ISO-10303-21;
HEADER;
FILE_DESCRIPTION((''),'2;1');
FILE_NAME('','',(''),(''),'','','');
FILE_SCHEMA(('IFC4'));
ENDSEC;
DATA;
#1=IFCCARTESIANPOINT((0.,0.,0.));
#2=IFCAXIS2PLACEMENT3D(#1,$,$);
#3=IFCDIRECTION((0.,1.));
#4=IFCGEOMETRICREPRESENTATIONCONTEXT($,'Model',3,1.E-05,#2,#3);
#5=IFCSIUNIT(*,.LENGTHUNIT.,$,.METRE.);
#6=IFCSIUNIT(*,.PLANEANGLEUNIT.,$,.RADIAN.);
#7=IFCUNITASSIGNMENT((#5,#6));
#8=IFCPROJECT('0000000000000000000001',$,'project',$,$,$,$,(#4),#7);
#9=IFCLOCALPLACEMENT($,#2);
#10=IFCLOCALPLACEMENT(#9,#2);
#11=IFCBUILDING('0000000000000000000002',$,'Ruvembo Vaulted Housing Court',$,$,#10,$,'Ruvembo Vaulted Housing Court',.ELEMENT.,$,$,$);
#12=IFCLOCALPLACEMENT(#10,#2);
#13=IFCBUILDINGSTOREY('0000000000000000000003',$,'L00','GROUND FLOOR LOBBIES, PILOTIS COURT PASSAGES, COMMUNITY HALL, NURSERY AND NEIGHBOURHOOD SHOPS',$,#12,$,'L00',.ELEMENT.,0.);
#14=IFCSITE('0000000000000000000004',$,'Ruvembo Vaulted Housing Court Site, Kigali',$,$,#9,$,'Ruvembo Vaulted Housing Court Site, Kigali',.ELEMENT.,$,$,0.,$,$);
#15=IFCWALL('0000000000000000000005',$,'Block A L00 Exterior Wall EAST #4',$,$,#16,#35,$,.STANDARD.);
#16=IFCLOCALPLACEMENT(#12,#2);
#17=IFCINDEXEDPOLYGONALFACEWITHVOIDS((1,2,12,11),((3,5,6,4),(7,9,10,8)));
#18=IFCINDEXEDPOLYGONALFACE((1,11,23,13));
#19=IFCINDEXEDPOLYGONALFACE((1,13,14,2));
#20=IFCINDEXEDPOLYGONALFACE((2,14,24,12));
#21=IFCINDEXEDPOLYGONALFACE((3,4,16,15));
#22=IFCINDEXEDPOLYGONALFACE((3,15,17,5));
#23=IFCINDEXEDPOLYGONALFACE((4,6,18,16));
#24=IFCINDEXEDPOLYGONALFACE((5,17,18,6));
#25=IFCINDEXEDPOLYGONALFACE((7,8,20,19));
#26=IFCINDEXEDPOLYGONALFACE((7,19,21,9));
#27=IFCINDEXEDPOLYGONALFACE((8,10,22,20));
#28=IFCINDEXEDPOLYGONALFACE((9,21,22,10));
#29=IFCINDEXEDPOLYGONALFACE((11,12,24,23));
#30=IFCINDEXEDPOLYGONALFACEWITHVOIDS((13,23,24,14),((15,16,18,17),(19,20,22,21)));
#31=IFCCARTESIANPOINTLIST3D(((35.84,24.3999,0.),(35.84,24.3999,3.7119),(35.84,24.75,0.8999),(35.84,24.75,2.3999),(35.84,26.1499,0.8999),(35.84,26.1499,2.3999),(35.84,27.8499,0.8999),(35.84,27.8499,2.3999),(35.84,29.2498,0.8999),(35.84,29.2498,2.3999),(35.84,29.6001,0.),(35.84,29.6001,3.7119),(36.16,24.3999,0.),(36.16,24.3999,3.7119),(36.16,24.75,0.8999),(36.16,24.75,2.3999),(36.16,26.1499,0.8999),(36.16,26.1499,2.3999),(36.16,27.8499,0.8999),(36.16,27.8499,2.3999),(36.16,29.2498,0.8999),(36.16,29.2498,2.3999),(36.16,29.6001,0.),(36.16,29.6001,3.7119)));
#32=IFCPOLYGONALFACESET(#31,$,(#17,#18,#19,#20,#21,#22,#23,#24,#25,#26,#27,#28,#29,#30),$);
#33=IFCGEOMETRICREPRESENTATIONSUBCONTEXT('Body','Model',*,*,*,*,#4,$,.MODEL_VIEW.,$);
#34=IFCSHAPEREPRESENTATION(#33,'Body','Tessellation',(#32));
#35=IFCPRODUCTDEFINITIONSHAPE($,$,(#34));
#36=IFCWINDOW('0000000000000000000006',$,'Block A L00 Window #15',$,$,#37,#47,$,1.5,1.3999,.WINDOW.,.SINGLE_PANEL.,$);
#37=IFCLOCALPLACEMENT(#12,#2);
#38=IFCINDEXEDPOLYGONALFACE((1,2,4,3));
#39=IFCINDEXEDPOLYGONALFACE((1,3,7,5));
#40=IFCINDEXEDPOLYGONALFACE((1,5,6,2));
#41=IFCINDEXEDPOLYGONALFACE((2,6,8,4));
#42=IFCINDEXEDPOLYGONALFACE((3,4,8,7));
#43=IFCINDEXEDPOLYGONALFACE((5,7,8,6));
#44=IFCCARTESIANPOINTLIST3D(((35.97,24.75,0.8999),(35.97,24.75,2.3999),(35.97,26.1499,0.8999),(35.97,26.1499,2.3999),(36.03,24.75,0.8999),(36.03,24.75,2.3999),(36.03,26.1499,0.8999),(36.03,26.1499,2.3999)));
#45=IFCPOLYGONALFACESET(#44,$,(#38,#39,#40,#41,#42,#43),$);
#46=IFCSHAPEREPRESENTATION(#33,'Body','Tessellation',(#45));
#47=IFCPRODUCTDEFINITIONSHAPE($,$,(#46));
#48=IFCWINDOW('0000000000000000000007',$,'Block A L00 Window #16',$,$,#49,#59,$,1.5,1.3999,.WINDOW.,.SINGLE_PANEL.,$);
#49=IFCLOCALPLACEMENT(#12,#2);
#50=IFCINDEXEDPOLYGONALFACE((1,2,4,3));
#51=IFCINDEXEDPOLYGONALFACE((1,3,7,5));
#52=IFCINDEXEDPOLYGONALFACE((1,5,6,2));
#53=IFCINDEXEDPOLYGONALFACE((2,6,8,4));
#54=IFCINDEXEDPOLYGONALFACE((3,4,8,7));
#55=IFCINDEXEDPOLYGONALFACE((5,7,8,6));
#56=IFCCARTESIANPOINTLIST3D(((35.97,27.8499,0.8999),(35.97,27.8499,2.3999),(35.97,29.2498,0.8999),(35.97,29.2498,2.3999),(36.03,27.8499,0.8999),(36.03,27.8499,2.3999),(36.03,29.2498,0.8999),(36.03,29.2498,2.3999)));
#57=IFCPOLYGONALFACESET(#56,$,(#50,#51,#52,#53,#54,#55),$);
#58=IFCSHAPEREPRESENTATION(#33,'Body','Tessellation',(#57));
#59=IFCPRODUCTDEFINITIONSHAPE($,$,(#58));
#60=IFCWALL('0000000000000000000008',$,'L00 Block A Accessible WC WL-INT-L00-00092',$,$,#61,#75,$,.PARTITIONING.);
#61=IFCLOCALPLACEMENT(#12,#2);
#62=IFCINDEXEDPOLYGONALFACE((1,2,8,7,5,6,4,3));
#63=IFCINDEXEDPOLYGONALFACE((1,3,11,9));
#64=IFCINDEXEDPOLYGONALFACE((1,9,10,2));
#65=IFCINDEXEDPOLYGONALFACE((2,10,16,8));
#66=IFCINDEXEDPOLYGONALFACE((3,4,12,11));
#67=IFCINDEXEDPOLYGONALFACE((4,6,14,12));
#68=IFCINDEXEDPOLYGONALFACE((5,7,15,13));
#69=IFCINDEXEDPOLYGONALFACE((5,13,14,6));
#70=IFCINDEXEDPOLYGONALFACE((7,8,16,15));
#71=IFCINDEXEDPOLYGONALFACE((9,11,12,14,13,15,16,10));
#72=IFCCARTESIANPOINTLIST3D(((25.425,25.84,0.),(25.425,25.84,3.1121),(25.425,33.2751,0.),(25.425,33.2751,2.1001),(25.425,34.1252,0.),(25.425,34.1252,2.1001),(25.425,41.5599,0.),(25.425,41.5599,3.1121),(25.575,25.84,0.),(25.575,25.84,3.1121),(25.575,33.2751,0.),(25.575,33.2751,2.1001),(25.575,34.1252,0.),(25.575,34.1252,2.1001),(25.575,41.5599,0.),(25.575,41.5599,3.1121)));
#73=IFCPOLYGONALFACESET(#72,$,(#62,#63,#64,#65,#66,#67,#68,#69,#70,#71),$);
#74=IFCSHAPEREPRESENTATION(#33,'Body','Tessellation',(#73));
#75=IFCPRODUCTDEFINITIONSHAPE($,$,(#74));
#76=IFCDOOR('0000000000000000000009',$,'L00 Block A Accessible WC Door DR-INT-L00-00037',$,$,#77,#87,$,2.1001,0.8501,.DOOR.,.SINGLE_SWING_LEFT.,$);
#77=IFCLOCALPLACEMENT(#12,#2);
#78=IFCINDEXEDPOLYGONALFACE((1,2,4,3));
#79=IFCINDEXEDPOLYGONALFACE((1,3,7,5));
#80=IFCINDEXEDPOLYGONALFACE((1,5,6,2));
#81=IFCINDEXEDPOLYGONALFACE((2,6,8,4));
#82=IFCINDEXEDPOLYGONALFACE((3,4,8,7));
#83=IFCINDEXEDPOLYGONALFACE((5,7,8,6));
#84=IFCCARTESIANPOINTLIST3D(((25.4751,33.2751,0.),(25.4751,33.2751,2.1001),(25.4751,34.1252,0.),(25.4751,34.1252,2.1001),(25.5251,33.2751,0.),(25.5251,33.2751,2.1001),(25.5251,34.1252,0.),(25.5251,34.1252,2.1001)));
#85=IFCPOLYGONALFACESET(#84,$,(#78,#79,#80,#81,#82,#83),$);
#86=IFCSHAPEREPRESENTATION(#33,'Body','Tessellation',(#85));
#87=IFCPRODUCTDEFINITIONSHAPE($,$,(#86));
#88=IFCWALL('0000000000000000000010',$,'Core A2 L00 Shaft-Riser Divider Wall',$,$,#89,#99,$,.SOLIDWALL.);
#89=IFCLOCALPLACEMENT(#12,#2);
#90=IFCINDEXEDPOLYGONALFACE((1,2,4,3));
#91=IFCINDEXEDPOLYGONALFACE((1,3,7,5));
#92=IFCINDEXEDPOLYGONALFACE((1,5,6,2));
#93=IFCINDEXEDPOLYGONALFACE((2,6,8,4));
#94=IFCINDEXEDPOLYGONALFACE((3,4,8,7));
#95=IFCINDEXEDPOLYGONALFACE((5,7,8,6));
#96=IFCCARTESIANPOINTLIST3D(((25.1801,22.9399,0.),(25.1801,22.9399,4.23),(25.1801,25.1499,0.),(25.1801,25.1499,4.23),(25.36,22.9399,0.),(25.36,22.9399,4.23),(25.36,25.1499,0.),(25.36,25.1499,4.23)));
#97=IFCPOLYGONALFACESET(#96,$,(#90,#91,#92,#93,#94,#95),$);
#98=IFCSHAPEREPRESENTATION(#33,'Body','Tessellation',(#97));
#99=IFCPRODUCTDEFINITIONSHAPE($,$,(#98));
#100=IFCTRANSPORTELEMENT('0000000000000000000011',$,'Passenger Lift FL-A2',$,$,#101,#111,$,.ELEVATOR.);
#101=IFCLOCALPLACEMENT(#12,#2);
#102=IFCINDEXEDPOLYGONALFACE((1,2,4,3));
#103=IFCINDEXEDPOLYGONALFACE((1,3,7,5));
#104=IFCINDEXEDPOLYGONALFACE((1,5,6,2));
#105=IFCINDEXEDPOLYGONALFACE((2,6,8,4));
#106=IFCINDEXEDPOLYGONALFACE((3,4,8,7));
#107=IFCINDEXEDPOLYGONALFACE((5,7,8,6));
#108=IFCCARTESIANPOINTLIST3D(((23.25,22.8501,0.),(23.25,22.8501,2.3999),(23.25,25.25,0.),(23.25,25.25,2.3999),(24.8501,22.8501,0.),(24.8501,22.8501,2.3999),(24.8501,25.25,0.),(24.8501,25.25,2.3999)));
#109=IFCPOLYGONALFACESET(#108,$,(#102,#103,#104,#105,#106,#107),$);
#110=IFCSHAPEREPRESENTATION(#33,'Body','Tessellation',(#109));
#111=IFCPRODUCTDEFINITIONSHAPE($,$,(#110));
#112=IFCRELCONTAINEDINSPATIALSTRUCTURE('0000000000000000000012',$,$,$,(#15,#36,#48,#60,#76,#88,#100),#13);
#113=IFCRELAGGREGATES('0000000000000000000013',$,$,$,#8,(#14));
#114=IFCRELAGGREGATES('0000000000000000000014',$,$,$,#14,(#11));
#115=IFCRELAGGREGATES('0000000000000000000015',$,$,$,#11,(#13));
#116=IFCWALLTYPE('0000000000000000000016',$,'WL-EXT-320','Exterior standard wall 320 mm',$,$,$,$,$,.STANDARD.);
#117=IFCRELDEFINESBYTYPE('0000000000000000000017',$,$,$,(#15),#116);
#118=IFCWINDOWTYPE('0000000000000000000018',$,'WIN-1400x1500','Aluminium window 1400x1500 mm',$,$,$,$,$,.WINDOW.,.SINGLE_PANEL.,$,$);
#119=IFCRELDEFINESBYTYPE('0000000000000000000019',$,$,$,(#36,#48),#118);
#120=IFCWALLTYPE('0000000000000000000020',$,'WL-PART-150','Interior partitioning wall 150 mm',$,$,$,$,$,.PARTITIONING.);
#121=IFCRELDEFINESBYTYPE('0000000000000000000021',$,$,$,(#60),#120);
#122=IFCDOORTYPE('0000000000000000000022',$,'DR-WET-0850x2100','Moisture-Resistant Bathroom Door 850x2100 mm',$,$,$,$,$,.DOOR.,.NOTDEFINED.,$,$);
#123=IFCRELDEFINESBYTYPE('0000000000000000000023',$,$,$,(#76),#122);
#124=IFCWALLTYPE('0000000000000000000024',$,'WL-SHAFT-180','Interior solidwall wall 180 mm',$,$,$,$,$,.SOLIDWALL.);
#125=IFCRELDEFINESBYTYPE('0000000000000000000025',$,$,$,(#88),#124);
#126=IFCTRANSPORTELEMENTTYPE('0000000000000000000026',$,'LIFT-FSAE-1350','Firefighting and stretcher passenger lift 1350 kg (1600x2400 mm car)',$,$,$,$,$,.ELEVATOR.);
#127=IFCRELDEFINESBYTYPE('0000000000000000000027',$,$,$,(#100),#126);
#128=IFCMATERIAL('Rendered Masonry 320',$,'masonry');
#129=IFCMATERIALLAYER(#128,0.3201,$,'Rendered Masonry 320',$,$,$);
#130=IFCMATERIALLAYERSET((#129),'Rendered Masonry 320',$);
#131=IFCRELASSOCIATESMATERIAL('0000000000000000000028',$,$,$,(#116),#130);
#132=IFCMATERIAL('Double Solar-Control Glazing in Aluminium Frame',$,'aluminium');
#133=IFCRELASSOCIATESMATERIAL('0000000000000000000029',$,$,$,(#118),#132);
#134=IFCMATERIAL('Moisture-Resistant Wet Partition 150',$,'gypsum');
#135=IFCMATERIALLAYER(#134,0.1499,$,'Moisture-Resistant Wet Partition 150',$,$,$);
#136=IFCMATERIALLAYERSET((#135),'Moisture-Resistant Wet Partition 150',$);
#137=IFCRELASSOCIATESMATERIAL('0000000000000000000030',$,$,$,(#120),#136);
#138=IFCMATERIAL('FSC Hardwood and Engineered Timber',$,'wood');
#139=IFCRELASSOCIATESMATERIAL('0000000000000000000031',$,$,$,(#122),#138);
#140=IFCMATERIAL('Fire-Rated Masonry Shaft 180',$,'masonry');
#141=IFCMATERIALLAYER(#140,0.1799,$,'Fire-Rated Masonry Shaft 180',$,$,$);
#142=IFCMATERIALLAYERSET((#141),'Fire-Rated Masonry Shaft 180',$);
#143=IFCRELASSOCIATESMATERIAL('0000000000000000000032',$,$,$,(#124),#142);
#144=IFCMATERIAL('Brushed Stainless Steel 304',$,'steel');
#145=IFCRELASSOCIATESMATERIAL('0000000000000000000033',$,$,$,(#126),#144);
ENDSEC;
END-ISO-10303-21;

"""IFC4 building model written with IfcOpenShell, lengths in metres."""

from ifc_helpers import new_model, si_unit, direction, frame, frame_2d, origin, origin_2d, place, context, subcontext, project, spatial, rectangle, extrude, material, layer, layer_set, type_object, element, fill, save


model = new_model("IFC4")

# Units and contexts
model_context = context("Model", 3, precision=1e-05, world=origin(), true_north=direction((0.0, 1.0)))
body_context = subcontext(model_context, "Body", "Model", "MODEL_VIEW")
ifc_project = project(units=[si_unit("LENGTHUNIT", "METRE"), si_unit("PLANEANGLEUNIT", "RADIAN")], contexts=[model_context])

# Site, building, storey
site_placement = place(None, origin())
site = spatial("IfcSite", under=ifc_project, at=site_placement, Name="Ruvembo Vaulted Housing Court Site, Kigali", LongName="Ruvembo Vaulted Housing Court Site, Kigali", CompositionType="ELEMENT", RefElevation=0.0)
building_placement = place(site_placement, origin())
building = spatial("IfcBuilding", under=site, at=building_placement, Name="Ruvembo Vaulted Housing Court", LongName="Ruvembo Vaulted Housing Court", CompositionType="ELEMENT")
storey_placement = place(building_placement, origin())
storey = spatial("IfcBuildingStorey", under=building, at=storey_placement, Name="L00", Description="GROUND FLOOR LOBBIES, PILOTIS COURT PASSAGES, COMMUNITY HALL, NURSERY AND NEIGHBOURHOOD SHOPS", LongName="L00", CompositionType="ELEMENT", Elevation=0.0)

# Shared definitions
ifc_material_1 = material(Name="FSC Hardwood and Engineered Timber", Category="wood")

# Wall, openings, windows
ifc_material_2 = material(Name="Rendered Masonry 320", Category="masonry")
ifc_layer_1 = layer(ifc_material_2, 0.3201, Name="Rendered Masonry 320")
ifc_layer_set_1 = layer_set([ifc_layer_1], Name="Rendered Masonry 320")
wall_type_1 = type_object("IfcWallType", Name="WL-EXT-320", Description="Exterior standard wall 320 mm", PredefinedType="STANDARD", material=ifc_layer_set_1)
wall_1_placement = place(storey_placement, frame((36.0, 24.3999, 0.0), z_axis=(0.0, 0.0, 1.0), x_axis=(0.0, 1.0, 0.0)))
wall_1 = element("IfcWall", 1, at=wall_1_placement, inside=storey, type_object=wall_type_1, Name="Block A L00 Exterior Wall EAST #4", PredefinedType="STANDARD", context=body_context, shape_type="SweptSolid", body=[
    extrude(rectangle(XDim=5.2002, YDim=0.3201, at=frame_2d((2.6001, 0.0))), origin(), (0.0, 0.0, 1.0), 3.7119),
])
opening_1_placement = place(wall_1_placement, frame((0.3501, 0.0, 0.8999)))
opening_1 = element("IfcOpeningElement", 2, at=opening_1_placement, cuts=wall_1, PredefinedType="OPENING", context=body_context, shape_type="SweptSolid", body=[
    extrude(rectangle(XDim=1.3999, YDim=1.5, at=frame_2d((0.7, 0.75))), frame((0.0, 0.1699, 0.0), z_axis=(0.0, -1.0, 0.0), x_axis=(1.0, 0.0, 0.0)), (0.0, 0.0, 1.0), 0.3401),
])
opening_2_placement = place(wall_1_placement, frame((3.45, 0.0, 0.8999)))
opening_2 = element("IfcOpeningElement", 3, at=opening_2_placement, cuts=wall_1, PredefinedType="OPENING", context=body_context, shape_type="SweptSolid", body=[
    extrude(rectangle(XDim=1.3999, YDim=1.5, at=frame_2d((0.7, 0.75))), frame((0.0, 0.1699, 0.0), z_axis=(0.0, -1.0, 0.0), x_axis=(1.0, 0.0, 0.0)), (0.0, 0.0, 1.0), 0.3401),
])
ifc_material_3 = material(Name="Double Solar-Control Glazing in Aluminium Frame", Category="aluminium")
window_type = type_object("IfcWindowType", Name="WIN-1400x1500", Description="Aluminium window 1400x1500 mm", PartitioningType="SINGLE_PANEL", PredefinedType="WINDOW", material=ifc_material_3)
window_1_placement = place(opening_1_placement, origin())
window_1 = element("IfcWindow", 4, at=window_1_placement, inside=storey, type_object=window_type, Name="Block A L00 Window #15", OverallHeight=1.5, OverallWidth=1.3999, PartitioningType="SINGLE_PANEL", PredefinedType="WINDOW", context=body_context, shape_type="SweptSolid", body=[
    extrude(rectangle(XDim=1.3999, YDim=1.5, at=frame_2d((0.7, 0.75))), frame((0.0, 0.03, 0.0), z_axis=(0.0, -1.0, 0.0), x_axis=(1.0, 0.0, 0.0)), (0.0, 0.0, 1.0), 0.0601),
])
fill(opening_1, window_1)
window_2_placement = place(opening_2_placement, origin())
window_2 = element("IfcWindow", 5, at=window_2_placement, inside=storey, type_object=window_type, Name="Block A L00 Window #16", OverallHeight=1.5, OverallWidth=1.3999, PartitioningType="SINGLE_PANEL", PredefinedType="WINDOW", context=body_context, shape_type="SweptSolid", body=[
    extrude(rectangle(XDim=1.3999, YDim=1.5, at=frame_2d((0.7, 0.75))), frame((0.0, 0.03, 0.0), z_axis=(0.0, -1.0, 0.0), x_axis=(1.0, 0.0, 0.0)), (0.0, 0.0, 1.0), 0.0601),
])
fill(opening_2, window_2)

# Wall, opening, door
ifc_material_4 = material(Name="Moisture-Resistant Wet Partition 150", Category="gypsum")
ifc_layer_2 = layer(ifc_material_4, 0.1499, Name="Moisture-Resistant Wet Partition 150")
ifc_layer_set_2 = layer_set([ifc_layer_2], Name="Moisture-Resistant Wet Partition 150")
wall_type_2 = type_object("IfcWallType", Name="WL-PART-150", Description="Interior partitioning wall 150 mm", PredefinedType="PARTITIONING", material=ifc_layer_set_2)
wall_2_placement = place(storey_placement, frame((25.5, 25.8401, 0.0), z_axis=(0.0, 0.0, 1.0), x_axis=(0.0, 1.0, 0.0)))
wall_2 = element("IfcWall", 6, at=wall_2_placement, inside=storey, type_object=wall_type_2, Name="L00 Block A Accessible WC WL-INT-L00-00092", PredefinedType="PARTITIONING", context=body_context, shape_type="SweptSolid", body=[
    extrude(rectangle(XDim=15.72, YDim=0.1499, at=frame_2d((7.8599, 0.0))), origin(), (0.0, 0.0, 1.0), 3.1121),
])
opening_3_placement = place(wall_2_placement, frame((7.4351, 0.0, 0.0)))
opening_3 = element("IfcOpeningElement", 7, at=opening_3_placement, cuts=wall_2, PredefinedType="OPENING", context=body_context, shape_type="SweptSolid", body=[
    extrude(rectangle(XDim=0.8501, YDim=2.1001, at=frame_2d((0.425, 1.05))), frame((0.0, 0.085, 0.0), z_axis=(0.0, -1.0, 0.0), x_axis=(1.0, 0.0, 0.0)), (0.0, 0.0, 1.0), 0.1699),
])
door_type_1 = type_object("IfcDoorType", Name="DR-WET-0850x2100", Description="Moisture-Resistant Bathroom Door 850x2100 mm", OperationType="NOTDEFINED", PredefinedType="DOOR", material=ifc_material_1)
door_1_placement = place(opening_3_placement, origin())
door_1 = element("IfcDoor", 8, at=door_1_placement, inside=storey, type_object=door_type_1, Name="L00 Block A Accessible WC Door DR-INT-L00-00037", OperationType="SINGLE_SWING_LEFT", OverallHeight=2.1001, OverallWidth=0.8501, PredefinedType="DOOR", context=body_context, shape_type="SweptSolid", body=[
    extrude(rectangle(XDim=0.8501, YDim=2.1001, at=frame_2d((0.425, 1.05))), frame((0.0, 0.0249, 0.0), z_axis=(0.0, -1.0, 0.0), x_axis=(1.0, 0.0, 0.0)), (0.0, 0.0, 1.0), 0.05),
])
fill(opening_3, door_1)

# Wall
ifc_material_5 = material(Name="Fire-Rated Masonry Shaft 180", Category="masonry")
ifc_layer_3 = layer(ifc_material_5, 0.1799, Name="Fire-Rated Masonry Shaft 180")
ifc_layer_set_3 = layer_set([ifc_layer_3], Name="Fire-Rated Masonry Shaft 180")
wall_type_3 = type_object("IfcWallType", Name="WL-SHAFT-180", Description="Interior solidwall wall 180 mm", PredefinedType="SOLIDWALL", material=ifc_layer_set_3)
wall_3_placement = place(storey_placement, frame((25.27, 22.9399, 0.0), z_axis=(0.0, 0.0, 1.0), x_axis=(0.0, 1.0, 0.0)))
element("IfcWall", 9, at=wall_3_placement, inside=storey, type_object=wall_type_3, Name="Core A2 L00 Shaft-Riser Divider Wall", PredefinedType="SOLIDWALL", context=body_context, shape_type="SweptSolid", body=[
    extrude(rectangle(XDim=2.21, YDim=0.1799, at=frame_2d((1.105, 0.0))), origin(), (0.0, 0.0, 1.0), 4.23),
])

# Transport element
ifc_material_6 = material(Name="Brushed Stainless Steel 304", Category="steel")
transport_element_type = type_object("IfcTransportElementType", Name="LIFT-FSAE-1350", Description="Firefighting and stretcher passenger lift 1350 kg (1600x2400 mm car)", PredefinedType="ELEVATOR", material=ifc_material_6)
transport_element_placement = place(storey_placement, frame((24.05, 24.05, 0.0), z_axis=(0.0, 0.0, 1.0), x_axis=(1.0, 0.0, 0.0)))
element("IfcTransportElement", 10, at=transport_element_placement, inside=storey, type_object=transport_element_type, Name="Passenger Lift FL-A2", PredefinedType="ELEVATOR", context=body_context, shape_type="SweptSolid", body=[
    extrude(rectangle(XDim=1.6001, YDim=2.3999, at=origin_2d()), origin(), (0.0, 0.0, 1.0), 2.3999),
])

save(model, "model.ifc")
